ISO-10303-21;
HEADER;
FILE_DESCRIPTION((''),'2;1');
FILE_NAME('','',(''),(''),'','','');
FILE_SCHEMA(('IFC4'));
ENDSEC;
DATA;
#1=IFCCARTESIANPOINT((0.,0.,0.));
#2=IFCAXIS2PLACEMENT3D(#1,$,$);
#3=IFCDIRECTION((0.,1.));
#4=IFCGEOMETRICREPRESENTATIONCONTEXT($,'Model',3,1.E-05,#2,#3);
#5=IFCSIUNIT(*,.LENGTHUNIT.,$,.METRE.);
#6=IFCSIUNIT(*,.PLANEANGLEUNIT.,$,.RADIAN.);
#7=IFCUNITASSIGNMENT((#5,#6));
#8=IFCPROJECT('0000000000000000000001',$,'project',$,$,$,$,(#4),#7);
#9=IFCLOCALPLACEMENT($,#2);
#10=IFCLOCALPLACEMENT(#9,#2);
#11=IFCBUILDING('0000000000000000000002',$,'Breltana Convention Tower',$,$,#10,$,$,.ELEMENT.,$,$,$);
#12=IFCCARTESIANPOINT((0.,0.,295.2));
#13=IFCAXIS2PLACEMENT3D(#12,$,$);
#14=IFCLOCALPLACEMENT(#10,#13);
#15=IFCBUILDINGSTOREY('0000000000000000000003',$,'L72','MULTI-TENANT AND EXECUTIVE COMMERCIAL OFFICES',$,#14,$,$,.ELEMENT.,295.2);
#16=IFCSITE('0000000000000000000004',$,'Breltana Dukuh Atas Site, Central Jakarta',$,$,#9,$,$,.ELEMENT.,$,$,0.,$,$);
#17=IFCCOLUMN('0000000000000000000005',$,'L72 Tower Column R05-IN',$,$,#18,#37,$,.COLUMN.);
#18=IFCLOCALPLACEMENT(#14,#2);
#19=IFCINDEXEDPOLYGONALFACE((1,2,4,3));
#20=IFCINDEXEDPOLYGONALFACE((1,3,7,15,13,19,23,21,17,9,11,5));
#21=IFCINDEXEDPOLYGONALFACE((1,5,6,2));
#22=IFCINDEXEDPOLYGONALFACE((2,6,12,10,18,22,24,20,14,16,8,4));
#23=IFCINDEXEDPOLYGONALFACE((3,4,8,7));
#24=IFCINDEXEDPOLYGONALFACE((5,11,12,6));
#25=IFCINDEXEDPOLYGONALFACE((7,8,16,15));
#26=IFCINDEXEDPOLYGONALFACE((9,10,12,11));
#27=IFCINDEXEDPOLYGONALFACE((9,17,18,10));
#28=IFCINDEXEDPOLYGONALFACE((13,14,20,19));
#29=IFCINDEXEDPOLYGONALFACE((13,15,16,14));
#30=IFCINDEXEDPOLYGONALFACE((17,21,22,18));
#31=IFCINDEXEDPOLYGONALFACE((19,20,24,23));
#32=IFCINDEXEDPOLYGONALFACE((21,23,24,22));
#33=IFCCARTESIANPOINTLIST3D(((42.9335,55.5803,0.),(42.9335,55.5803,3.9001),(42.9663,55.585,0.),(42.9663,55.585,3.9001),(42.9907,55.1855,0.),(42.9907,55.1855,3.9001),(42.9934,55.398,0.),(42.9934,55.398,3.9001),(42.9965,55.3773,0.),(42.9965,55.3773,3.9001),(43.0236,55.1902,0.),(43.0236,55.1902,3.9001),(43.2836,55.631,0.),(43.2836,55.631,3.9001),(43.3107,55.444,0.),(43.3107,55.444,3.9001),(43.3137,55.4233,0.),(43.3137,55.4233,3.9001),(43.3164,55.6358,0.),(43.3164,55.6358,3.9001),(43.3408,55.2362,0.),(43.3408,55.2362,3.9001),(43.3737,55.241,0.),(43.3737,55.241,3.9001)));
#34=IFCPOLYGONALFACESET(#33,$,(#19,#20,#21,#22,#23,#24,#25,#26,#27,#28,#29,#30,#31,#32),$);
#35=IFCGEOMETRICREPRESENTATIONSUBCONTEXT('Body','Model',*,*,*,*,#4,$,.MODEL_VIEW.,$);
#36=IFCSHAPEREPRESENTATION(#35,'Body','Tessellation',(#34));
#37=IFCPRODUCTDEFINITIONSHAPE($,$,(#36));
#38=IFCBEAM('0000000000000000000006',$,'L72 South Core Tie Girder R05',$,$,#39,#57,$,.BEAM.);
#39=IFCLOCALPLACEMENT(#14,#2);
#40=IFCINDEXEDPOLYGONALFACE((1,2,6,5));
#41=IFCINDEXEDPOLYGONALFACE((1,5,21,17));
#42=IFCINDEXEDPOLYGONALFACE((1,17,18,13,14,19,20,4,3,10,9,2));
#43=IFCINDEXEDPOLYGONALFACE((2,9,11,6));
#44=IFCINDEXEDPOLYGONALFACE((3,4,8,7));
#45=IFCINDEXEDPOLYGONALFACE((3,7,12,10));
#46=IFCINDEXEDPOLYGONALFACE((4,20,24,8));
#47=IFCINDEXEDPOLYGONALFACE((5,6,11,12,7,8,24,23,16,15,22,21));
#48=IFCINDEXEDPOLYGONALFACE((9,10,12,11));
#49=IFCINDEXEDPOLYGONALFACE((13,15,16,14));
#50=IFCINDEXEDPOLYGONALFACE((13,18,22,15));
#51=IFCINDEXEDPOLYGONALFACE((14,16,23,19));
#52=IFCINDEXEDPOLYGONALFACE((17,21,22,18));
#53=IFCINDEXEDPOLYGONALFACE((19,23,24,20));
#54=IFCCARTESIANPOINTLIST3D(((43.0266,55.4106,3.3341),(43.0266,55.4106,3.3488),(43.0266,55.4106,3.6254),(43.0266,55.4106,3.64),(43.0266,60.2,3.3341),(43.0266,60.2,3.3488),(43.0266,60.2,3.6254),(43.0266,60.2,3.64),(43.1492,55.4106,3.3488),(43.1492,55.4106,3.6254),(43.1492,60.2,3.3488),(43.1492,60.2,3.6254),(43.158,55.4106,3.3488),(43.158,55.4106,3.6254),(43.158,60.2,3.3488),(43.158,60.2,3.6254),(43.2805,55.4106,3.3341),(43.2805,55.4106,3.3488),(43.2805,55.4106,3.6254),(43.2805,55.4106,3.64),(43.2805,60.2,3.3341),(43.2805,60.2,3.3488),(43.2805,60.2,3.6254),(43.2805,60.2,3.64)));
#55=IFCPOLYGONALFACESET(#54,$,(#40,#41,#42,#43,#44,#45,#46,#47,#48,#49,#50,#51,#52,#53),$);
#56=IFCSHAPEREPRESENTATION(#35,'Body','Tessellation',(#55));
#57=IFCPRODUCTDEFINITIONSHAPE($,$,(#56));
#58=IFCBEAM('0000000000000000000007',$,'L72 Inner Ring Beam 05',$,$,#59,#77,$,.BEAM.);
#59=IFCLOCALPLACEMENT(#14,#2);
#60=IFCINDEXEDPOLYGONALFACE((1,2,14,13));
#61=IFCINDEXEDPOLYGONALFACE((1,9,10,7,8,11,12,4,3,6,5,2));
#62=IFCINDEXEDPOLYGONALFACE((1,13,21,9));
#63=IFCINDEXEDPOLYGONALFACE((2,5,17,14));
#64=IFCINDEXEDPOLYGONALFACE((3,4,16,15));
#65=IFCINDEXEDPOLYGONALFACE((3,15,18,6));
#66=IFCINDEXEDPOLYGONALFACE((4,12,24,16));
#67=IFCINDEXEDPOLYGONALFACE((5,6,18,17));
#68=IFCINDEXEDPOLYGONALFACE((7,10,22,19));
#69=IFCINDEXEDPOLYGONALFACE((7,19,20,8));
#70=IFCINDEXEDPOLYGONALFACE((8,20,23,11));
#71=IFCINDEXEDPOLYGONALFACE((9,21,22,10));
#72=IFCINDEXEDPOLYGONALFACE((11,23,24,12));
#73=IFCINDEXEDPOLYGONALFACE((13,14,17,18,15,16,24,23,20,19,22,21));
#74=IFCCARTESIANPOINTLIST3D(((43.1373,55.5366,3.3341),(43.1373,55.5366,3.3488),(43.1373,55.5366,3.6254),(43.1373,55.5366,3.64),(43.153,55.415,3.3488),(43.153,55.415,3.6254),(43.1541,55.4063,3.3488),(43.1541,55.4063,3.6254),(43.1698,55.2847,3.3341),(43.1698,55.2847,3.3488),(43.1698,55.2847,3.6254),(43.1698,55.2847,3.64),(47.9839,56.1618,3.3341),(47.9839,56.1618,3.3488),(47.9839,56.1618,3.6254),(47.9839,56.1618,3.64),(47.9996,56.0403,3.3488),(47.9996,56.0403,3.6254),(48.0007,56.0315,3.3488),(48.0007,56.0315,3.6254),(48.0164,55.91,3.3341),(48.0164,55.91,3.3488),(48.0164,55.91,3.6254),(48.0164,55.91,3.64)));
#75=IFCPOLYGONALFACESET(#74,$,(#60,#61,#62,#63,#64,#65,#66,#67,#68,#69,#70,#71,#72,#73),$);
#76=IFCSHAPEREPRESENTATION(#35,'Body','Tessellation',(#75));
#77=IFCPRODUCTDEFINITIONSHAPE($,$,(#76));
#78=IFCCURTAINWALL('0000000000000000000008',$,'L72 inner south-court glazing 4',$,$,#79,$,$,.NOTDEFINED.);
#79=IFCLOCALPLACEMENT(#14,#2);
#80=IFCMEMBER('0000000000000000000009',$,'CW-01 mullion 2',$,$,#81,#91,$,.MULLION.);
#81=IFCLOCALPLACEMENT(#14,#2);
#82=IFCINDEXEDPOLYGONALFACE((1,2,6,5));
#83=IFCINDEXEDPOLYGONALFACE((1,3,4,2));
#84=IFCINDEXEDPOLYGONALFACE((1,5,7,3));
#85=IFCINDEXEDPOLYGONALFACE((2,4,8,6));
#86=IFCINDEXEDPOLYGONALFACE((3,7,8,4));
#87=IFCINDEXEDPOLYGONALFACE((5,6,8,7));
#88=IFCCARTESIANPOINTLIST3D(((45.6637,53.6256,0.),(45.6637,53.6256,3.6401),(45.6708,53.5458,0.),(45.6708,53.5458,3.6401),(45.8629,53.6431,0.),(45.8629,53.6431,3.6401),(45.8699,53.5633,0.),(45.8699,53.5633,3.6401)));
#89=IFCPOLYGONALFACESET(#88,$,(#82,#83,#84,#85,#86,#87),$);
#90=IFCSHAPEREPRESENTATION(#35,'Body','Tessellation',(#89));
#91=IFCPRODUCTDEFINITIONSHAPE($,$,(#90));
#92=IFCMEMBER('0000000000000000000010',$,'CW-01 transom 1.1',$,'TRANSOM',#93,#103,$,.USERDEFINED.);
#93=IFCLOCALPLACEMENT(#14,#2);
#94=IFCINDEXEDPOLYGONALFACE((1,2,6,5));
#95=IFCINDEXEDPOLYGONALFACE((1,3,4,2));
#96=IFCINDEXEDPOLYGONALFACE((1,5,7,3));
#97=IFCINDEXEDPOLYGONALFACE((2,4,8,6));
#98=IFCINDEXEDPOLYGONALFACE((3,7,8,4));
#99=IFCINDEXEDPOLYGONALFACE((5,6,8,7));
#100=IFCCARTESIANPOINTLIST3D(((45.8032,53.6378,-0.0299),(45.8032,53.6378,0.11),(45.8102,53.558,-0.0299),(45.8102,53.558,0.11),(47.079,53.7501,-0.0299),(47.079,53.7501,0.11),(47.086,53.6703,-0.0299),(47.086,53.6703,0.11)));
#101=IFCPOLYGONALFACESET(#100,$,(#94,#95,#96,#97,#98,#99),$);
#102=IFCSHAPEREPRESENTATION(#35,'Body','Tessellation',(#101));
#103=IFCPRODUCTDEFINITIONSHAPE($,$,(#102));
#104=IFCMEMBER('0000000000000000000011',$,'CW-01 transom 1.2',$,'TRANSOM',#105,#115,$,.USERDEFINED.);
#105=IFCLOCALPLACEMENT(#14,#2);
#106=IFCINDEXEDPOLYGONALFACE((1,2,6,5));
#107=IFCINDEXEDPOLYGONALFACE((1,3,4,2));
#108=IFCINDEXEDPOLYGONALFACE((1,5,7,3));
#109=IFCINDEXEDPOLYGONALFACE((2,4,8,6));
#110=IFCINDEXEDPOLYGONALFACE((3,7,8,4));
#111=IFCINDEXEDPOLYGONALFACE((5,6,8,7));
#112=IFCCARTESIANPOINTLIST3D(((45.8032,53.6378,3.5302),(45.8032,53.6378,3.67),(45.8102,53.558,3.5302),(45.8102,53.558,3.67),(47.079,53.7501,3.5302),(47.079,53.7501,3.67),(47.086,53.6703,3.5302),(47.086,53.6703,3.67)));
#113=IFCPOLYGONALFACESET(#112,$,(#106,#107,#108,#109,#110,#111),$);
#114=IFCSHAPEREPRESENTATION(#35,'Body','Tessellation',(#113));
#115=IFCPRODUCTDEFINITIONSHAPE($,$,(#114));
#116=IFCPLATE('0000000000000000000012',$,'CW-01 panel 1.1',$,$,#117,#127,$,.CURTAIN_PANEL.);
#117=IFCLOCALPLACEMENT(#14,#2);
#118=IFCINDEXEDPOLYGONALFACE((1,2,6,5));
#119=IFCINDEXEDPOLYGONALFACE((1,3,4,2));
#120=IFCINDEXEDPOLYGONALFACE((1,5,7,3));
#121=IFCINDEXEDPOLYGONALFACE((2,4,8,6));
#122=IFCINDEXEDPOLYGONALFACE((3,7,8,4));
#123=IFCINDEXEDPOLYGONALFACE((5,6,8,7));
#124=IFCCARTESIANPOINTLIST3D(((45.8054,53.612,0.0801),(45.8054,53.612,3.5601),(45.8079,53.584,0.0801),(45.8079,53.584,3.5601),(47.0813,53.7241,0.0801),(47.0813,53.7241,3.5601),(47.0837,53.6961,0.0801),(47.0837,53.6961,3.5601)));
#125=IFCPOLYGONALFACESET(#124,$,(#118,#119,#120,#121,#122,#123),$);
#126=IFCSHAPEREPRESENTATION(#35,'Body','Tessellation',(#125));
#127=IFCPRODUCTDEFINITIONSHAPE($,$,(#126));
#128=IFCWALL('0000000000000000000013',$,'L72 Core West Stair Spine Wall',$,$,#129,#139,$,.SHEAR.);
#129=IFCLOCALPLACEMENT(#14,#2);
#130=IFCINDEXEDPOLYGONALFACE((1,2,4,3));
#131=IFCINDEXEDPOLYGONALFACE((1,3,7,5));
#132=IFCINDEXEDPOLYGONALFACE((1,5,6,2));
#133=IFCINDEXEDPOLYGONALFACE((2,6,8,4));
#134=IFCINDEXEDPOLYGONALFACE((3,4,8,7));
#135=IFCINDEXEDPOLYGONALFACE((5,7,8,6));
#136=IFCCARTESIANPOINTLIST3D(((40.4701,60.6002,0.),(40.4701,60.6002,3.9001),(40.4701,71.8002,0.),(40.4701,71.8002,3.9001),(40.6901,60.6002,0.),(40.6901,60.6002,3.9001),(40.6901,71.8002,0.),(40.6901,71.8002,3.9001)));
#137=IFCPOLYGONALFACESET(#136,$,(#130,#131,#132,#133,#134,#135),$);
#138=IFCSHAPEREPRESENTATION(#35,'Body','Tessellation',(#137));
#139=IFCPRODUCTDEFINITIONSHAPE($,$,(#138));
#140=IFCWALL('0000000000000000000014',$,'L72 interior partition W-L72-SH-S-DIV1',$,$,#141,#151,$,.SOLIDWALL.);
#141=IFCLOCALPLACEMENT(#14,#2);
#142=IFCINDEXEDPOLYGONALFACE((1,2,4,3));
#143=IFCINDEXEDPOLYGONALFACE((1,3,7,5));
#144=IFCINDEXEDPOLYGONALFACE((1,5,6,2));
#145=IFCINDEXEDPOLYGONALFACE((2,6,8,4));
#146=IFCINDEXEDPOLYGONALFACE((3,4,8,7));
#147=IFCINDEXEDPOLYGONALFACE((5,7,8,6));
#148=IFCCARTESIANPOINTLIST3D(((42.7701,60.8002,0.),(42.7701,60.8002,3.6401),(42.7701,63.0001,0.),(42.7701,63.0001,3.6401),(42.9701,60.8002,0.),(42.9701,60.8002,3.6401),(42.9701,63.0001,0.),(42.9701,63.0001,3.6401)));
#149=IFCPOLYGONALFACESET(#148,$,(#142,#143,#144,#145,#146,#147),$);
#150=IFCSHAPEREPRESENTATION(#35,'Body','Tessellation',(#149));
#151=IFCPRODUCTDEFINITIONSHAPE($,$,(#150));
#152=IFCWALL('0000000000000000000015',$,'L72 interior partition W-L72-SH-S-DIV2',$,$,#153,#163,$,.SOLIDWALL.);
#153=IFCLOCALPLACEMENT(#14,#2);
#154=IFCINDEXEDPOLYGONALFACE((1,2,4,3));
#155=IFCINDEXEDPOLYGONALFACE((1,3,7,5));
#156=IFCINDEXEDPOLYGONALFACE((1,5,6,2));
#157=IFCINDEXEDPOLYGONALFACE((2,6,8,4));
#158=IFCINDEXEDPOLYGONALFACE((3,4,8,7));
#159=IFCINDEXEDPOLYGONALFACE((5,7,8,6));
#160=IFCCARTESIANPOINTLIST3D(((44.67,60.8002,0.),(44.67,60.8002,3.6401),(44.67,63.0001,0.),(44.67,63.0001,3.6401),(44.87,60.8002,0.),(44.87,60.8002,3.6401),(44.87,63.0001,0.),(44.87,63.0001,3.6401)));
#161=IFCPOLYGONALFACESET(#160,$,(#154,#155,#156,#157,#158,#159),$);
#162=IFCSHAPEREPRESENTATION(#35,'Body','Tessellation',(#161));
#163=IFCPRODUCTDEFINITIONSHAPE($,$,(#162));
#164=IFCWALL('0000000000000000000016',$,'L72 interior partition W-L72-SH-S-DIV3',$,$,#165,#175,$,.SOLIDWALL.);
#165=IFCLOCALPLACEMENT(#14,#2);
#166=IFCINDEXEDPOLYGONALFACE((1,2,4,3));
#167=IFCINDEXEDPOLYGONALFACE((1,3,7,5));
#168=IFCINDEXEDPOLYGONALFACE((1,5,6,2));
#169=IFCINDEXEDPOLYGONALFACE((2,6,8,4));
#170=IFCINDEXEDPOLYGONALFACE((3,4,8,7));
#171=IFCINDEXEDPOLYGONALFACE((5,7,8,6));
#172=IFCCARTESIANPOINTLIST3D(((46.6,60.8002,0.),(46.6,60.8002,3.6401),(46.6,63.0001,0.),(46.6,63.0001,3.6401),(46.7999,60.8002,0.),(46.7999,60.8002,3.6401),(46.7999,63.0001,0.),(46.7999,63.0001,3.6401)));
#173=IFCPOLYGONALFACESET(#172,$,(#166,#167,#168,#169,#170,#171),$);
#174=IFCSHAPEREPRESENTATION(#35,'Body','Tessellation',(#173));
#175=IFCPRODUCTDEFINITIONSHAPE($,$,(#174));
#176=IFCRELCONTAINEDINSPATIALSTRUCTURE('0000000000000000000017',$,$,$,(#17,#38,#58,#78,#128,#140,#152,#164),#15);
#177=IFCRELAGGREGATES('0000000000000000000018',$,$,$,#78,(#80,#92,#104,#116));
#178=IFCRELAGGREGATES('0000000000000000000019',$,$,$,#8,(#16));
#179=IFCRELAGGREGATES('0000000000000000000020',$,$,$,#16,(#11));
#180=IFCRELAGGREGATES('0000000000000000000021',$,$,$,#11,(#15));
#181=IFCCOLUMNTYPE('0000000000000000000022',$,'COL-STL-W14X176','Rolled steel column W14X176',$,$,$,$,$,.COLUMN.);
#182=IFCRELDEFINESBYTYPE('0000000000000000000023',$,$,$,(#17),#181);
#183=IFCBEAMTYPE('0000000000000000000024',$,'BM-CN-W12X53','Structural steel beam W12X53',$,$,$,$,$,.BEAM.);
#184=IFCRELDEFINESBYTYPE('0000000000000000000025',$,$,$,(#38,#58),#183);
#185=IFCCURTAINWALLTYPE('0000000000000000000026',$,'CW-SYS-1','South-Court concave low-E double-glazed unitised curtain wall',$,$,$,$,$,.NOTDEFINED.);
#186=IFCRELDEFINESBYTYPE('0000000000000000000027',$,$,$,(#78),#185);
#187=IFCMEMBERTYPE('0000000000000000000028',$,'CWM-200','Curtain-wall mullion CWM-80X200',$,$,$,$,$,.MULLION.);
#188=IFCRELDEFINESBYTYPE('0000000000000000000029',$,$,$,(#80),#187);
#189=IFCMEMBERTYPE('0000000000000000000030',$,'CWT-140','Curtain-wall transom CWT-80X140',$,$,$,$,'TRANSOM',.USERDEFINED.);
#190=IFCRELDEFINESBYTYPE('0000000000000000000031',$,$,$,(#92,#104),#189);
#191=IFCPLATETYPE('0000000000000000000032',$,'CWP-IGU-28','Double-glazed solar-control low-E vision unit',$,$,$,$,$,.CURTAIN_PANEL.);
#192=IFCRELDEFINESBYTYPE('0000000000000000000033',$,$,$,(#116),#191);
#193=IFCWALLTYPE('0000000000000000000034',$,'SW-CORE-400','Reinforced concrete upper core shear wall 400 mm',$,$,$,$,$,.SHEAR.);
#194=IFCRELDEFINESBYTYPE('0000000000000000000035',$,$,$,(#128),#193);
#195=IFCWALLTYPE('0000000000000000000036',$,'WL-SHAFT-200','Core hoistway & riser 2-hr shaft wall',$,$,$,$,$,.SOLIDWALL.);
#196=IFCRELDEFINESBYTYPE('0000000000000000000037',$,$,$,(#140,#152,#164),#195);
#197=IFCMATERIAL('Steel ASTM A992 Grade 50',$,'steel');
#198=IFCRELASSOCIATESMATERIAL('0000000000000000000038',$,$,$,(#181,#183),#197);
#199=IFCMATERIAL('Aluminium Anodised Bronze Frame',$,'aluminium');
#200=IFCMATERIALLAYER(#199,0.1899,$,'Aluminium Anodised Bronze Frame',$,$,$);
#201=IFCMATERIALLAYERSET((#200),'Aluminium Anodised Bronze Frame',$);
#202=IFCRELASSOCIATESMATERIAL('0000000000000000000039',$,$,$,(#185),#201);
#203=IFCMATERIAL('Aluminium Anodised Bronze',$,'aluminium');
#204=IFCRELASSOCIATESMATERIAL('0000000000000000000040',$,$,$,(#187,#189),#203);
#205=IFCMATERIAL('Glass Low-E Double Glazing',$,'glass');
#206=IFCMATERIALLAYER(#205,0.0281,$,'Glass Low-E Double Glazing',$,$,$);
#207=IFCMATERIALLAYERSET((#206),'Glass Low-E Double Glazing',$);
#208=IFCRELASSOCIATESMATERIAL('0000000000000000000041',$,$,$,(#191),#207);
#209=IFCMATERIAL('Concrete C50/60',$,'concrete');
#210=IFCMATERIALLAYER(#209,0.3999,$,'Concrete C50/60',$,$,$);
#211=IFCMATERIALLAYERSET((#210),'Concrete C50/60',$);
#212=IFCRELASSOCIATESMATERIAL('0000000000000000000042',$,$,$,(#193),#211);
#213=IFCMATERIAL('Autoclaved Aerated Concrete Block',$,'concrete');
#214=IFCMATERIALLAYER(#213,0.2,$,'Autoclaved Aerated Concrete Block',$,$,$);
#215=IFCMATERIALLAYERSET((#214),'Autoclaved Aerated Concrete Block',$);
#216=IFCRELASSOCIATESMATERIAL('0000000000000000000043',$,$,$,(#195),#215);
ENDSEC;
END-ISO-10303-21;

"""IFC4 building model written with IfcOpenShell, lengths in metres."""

from ifc_helpers import new_model, si_unit, direction, frame, frame_2d, origin, origin_2d, place, context, subcontext, project, spatial, rectangle, i_section, extrude, source, transform, mapped, material, layer, layer_set, material_profile, profile_set, type_object, element, aggregate, save


model = new_model("IFC4")

# Units and contexts
model_context = context("Model", 3, precision=1e-05, world=origin(), true_north=direction((0.0, 1.0)))
body_context = subcontext(model_context, "Body", "Model", "MODEL_VIEW")
ifc_project = project(units=[si_unit("LENGTHUNIT", "METRE"), si_unit("PLANEANGLEUNIT", "RADIAN")], contexts=[model_context])

# Site, building, storey
site_placement = place(None, origin())
site = spatial("IfcSite", under=ifc_project, at=site_placement, Name="Breltana Dukuh Atas Site, Central Jakarta", CompositionType="ELEMENT", RefElevation=0.0)
building_placement = place(site_placement, origin())
building = spatial("IfcBuilding", under=site, at=building_placement, Name="Breltana Convention Tower", CompositionType="ELEMENT")
storey_placement = place(building_placement, frame((0.0, 0.0, 295.2)))
storey = spatial("IfcBuildingStorey", under=building, at=storey_placement, Name="L72", Description="MULTI-TENANT AND EXECUTIVE COMMERCIAL OFFICES", CompositionType="ELEMENT", Elevation=295.2)

# Column
ifc_material_1 = material(Name="Steel ASTM A992 Grade 50", Category="steel")
ifc_material_profile_1 = material_profile(ifc_material_1, i_section(OverallWidth=0.3989, OverallDepth=0.387, WebThickness=0.021, FlangeThickness=0.0332, at=origin_2d()), Name="W14X176")
ifc_profile_set_1 = profile_set([ifc_material_profile_1], Name="Steel ASTM A992 Grade 50")
column_type = type_object("IfcColumnType", Name="COL-STL-W14X176", Description="Rolled steel column W14X176", PredefinedType="COLUMN", material=ifc_profile_set_1)
shared_shape_1 = source(origin(), body_context, "Body", "SweptSolid", [
    extrude(i_section(OverallWidth=0.3989, OverallDepth=0.387, WebThickness=0.021, FlangeThickness=0.0332, at=origin_2d()), origin(), (0.0, 0.0, 1.0), 3.9001),
])
column_placement = place(storey_placement, frame((43.1536, 55.4106, 0.0), z_axis=(0.0, 0.0, 1.0), x_axis=(-0.143493, 0.989651, 0.0)))
element("IfcColumn", 1, at=column_placement, inside=storey, type_object=column_type, Name="L72 Tower Column R05-IN", PredefinedType="COLUMN", context=body_context, shape_type="MappedRepresentation", body=[
    mapped(shared_shape_1, transform((0.0, 0.0, 0.0), scale=1.0)),
])

# Beams
ifc_material_profile_2 = material_profile(ifc_material_1, i_section(OverallWidth=0.2539, OverallDepth=0.3059, WebThickness=0.0088, FlangeThickness=0.0146, at=origin_2d()), Name="W12X53")
ifc_profile_set_2 = profile_set([ifc_material_profile_2], Name="Steel ASTM A992 Grade 50")
beam_type = type_object("IfcBeamType", Name="BM-CN-W12X53", Description="Structural steel beam W12X53", PredefinedType="BEAM", material=ifc_profile_set_2)
shared_shape_2 = source(origin(), body_context, "Body", "SweptSolid", [
    extrude(i_section(OverallWidth=0.2539, OverallDepth=0.3059, WebThickness=0.0088, FlangeThickness=0.0146, at=origin_2d()), origin(), (0.0, 0.0, 1.0), 4.7893),
])
beam_1_placement = place(storey_placement, frame((43.1536, 60.2, 3.4871), z_axis=(0.0, -1.0, 0.0), x_axis=(1.0, 0.0, 0.0)))
element("IfcBeam", 2, at=beam_1_placement, inside=storey, type_object=beam_type, Name="L72 South Core Tie Girder R05", PredefinedType="BEAM", context=body_context, shape_type="MappedRepresentation", body=[
    mapped(shared_shape_2, transform((0.0, 0.0, 0.0), scale=1.0)),
])
shared_shape_3 = source(origin(), body_context, "Body", "SweptSolid", [
    extrude(i_section(OverallWidth=0.2539, OverallDepth=0.3059, WebThickness=0.0088, FlangeThickness=0.0146, at=origin_2d()), origin(), (0.0, 0.0, 1.0), 4.8867),
])
beam_2_placement = place(storey_placement, frame((43.1536, 55.4106, 3.4871), z_axis=(0.991781, 0.127951, 0.0), x_axis=(-0.127951, 0.991781, 0.0)))
element("IfcBeam", 3, at=beam_2_placement, inside=storey, type_object=beam_type, Name="L72 Inner Ring Beam 05", PredefinedType="BEAM", context=body_context, shape_type="MappedRepresentation", body=[
    mapped(shared_shape_3, transform((0.0, 0.0, 0.0), scale=1.0)),
])

# Curtain wall, members, plate
ifc_material_2 = material(Name="Aluminium Anodised Bronze Frame", Category="aluminium")
ifc_layer_1 = layer(ifc_material_2, 0.1899, Name="Aluminium Anodised Bronze Frame")
ifc_layer_set_1 = layer_set([ifc_layer_1], Name="Aluminium Anodised Bronze Frame")
curtain_wall_type = type_object("IfcCurtainWallType", Name="CW-SYS-1", Description="South-Court concave low-E double-glazed unitised curtain wall", PredefinedType="NOTDEFINED", material=ifc_layer_set_1)
curtain_wall_placement = place(storey_placement, origin())
curtain_wall = element("IfcCurtainWall", 4, at=curtain_wall_placement, inside=storey, type_object=curtain_wall_type, Name="L72 inner south-court glazing 4", PredefinedType="NOTDEFINED")
ifc_material_3 = material(Name="Aluminium Anodised Bronze", Category="aluminium")
ifc_material_profile_3 = material_profile(ifc_material_3, rectangle(XDim=0.0801, YDim=0.2, at=origin_2d()), Name="CWM-80X200")
ifc_profile_set_3 = profile_set([ifc_material_profile_3], Name="Aluminium Anodised Bronze")
member_type_1 = type_object("IfcMemberType", Name="CWM-200", Description="Curtain-wall mullion CWM-80X200", PredefinedType="MULLION", material=ifc_profile_set_3)
shared_shape_4 = source(origin(), body_context, "Body", "SweptSolid", [
    extrude(rectangle(XDim=0.0801, YDim=0.2, at=origin_2d()), origin(), (0.0, 0.0, 1.0), 3.6401),
])
member_1_placement = place(storey_placement, frame((45.7668, 53.5945, 0.0), z_axis=(0.0, 0.0, 1.0), x_axis=(0.087519, -0.996163, 0.0)))
member_1 = element("IfcMember", 5, at=member_1_placement, type_object=member_type_1, Name="CW-01 mullion 2", PredefinedType="MULLION", context=body_context, shape_type="MappedRepresentation", body=[
    mapped(shared_shape_4, transform((0.0, 0.0, 0.0), scale=1.0)),
])
ifc_material_profile_4 = material_profile(ifc_material_3, rectangle(XDim=0.0801, YDim=0.1399, at=origin_2d()), Name="CWT-80X140")
ifc_profile_set_4 = profile_set([ifc_material_profile_4], Name="Aluminium Anodised Bronze")
member_type_2 = type_object("IfcMemberType", Name="CWT-140", Description="Curtain-wall transom CWT-80X140", ElementType="TRANSOM", PredefinedType="USERDEFINED", material=ifc_profile_set_4)
shared_shape_5 = source(origin(), body_context, "Body", "SweptSolid", [
    extrude(rectangle(XDim=0.0801, YDim=0.1399, at=origin_2d()), origin(), (0.0, 0.0, 1.0), 1.2808),
])
member_2_placement = place(storey_placement, frame((47.0825, 53.7102, 0.04), z_axis=(-0.996148, -0.087682, 0.0), x_axis=(0.087682, -0.996148, 0.0)))
member_2 = element("IfcMember", 6, at=member_2_placement, type_object=member_type_2, Name="CW-01 transom 1.1", ObjectType="TRANSOM", PredefinedType="USERDEFINED", context=body_context, shape_type="MappedRepresentation", body=[
    mapped(shared_shape_5, transform((0.0, 0.0, 0.0), scale=1.0)),
])
member_3_placement = place(storey_placement, frame((47.0825, 53.7102, 3.6001), z_axis=(-0.996148, -0.087682, 0.0), x_axis=(0.087682, -0.996148, 0.0)))
member_3 = element("IfcMember", 7, at=member_3_placement, type_object=member_type_2, Name="CW-01 transom 1.2", ObjectType="TRANSOM", PredefinedType="USERDEFINED", context=body_context, shape_type="MappedRepresentation", body=[
    mapped(shared_shape_5, transform((0.0, 0.0, 0.0), scale=1.0)),
])
ifc_material_4 = material(Name="Glass Low-E Double Glazing", Category="glass")
ifc_layer_2 = layer(ifc_material_4, 0.0281, Name="Glass Low-E Double Glazing")
ifc_layer_set_2 = layer_set([ifc_layer_2], Name="Glass Low-E Double Glazing")
plate_type = type_object("IfcPlateType", Name="CWP-IGU-28", Description="Double-glazed solar-control low-E vision unit", PredefinedType="CURTAIN_PANEL", material=ifc_layer_set_2)
shared_shape_6 = source(origin(), body_context, "Body", "SweptSolid", [
    extrude(rectangle(XDim=1.2808, YDim=0.0281, at=origin_2d()), origin(), (0.0, 0.0, 1.0), 3.48),
])
plate_placement = place(storey_placement, frame((46.4446, 53.6541, 0.0801), z_axis=(0.0, 0.0, 1.0), x_axis=(-0.996163, -0.087519, 0.0)))
plate = element("IfcPlate", 8, at=plate_placement, type_object=plate_type, Name="CW-01 panel 1.1", PredefinedType="CURTAIN_PANEL", context=body_context, shape_type="MappedRepresentation", body=[
    mapped(shared_shape_6, transform((0.0, 0.0, 0.0), scale=1.0)),
])
aggregate(curtain_wall, [member_1, member_2, member_3, plate])

# Wall
ifc_material_5 = material(Name="Concrete C50/60", Category="concrete")
ifc_layer_3 = layer(ifc_material_5, 0.3999, Name="Concrete C50/60")
ifc_layer_set_3 = layer_set([ifc_layer_3], Name="Concrete C50/60")
wall_type_1 = type_object("IfcWallType", Name="SW-CORE-400", Description="Reinforced concrete upper core shear wall 400 mm", PredefinedType="SHEAR", material=ifc_layer_set_3)
shared_shape_7 = source(origin(), body_context, "Body", "SweptSolid", [
    extrude(rectangle(XDim=11.2, YDim=0.22, at=frame_2d((5.6001, 0.0))), origin(), (0.0, 0.0, 1.0), 3.9001),
])
wall_1_placement = place(storey_placement, frame((40.5801, 60.6001, 0.0), z_axis=(0.0, 0.0, 1.0), x_axis=(0.0, 1.0, 0.0)))
element("IfcWall", 9, at=wall_1_placement, inside=storey, type_object=wall_type_1, Name="L72 Core West Stair Spine Wall", PredefinedType="SHEAR", context=body_context, shape_type="MappedRepresentation", body=[
    mapped(shared_shape_7, transform((0.0, 0.0, 0.0), scale=1.0)),
])

# Shared definitions
ifc_material_6 = material(Name="Autoclaved Aerated Concrete Block", Category="concrete")
ifc_layer_4 = layer(ifc_material_6, 0.2, Name="Autoclaved Aerated Concrete Block")
ifc_layer_set_4 = layer_set([ifc_layer_4], Name="Autoclaved Aerated Concrete Block")
wall_type_2 = type_object("IfcWallType", Name="WL-SHAFT-200", Description="Core hoistway & riser 2-hr shaft wall", PredefinedType="SOLIDWALL", material=ifc_layer_set_4)

# Walls
shared_shape_8 = source(origin(), body_context, "Body", "SweptSolid", [
    extrude(rectangle(XDim=2.2, YDim=0.2, at=frame_2d((1.1001, 0.0))), origin(), (0.0, 0.0, 1.0), 3.6401),
])
for number, where, z_axis, x_axis, name in (
    (10, (42.8701, 60.8, 0.0), (0.0, 0.0, 1.0), (0.0, 1.0, 0.0), "L72 interior partition W-L72-SH-S-DIV1"),
    (11, (44.77, 60.8, 0.0), (0.0, 0.0, 1.0), (0.0, 1.0, 0.0), "L72 interior partition W-L72-SH-S-DIV2"),
    (12, (46.7, 60.8, 0.0), (0.0, 0.0, 1.0), (0.0, 1.0, 0.0), "L72 interior partition W-L72-SH-S-DIV3"),
):
    element("IfcWall", number, at=place(storey_placement, frame(where, z_axis=z_axis, x_axis=x_axis)), inside=storey, type_object=wall_type_2, Name=name, PredefinedType="SOLIDWALL", context=body_context, shape_type="MappedRepresentation", body=[
        mapped(shared_shape_8, transform((0.0, 0.0, 0.0), scale=1.0)),
    ])

save(model, "model.ifc")
